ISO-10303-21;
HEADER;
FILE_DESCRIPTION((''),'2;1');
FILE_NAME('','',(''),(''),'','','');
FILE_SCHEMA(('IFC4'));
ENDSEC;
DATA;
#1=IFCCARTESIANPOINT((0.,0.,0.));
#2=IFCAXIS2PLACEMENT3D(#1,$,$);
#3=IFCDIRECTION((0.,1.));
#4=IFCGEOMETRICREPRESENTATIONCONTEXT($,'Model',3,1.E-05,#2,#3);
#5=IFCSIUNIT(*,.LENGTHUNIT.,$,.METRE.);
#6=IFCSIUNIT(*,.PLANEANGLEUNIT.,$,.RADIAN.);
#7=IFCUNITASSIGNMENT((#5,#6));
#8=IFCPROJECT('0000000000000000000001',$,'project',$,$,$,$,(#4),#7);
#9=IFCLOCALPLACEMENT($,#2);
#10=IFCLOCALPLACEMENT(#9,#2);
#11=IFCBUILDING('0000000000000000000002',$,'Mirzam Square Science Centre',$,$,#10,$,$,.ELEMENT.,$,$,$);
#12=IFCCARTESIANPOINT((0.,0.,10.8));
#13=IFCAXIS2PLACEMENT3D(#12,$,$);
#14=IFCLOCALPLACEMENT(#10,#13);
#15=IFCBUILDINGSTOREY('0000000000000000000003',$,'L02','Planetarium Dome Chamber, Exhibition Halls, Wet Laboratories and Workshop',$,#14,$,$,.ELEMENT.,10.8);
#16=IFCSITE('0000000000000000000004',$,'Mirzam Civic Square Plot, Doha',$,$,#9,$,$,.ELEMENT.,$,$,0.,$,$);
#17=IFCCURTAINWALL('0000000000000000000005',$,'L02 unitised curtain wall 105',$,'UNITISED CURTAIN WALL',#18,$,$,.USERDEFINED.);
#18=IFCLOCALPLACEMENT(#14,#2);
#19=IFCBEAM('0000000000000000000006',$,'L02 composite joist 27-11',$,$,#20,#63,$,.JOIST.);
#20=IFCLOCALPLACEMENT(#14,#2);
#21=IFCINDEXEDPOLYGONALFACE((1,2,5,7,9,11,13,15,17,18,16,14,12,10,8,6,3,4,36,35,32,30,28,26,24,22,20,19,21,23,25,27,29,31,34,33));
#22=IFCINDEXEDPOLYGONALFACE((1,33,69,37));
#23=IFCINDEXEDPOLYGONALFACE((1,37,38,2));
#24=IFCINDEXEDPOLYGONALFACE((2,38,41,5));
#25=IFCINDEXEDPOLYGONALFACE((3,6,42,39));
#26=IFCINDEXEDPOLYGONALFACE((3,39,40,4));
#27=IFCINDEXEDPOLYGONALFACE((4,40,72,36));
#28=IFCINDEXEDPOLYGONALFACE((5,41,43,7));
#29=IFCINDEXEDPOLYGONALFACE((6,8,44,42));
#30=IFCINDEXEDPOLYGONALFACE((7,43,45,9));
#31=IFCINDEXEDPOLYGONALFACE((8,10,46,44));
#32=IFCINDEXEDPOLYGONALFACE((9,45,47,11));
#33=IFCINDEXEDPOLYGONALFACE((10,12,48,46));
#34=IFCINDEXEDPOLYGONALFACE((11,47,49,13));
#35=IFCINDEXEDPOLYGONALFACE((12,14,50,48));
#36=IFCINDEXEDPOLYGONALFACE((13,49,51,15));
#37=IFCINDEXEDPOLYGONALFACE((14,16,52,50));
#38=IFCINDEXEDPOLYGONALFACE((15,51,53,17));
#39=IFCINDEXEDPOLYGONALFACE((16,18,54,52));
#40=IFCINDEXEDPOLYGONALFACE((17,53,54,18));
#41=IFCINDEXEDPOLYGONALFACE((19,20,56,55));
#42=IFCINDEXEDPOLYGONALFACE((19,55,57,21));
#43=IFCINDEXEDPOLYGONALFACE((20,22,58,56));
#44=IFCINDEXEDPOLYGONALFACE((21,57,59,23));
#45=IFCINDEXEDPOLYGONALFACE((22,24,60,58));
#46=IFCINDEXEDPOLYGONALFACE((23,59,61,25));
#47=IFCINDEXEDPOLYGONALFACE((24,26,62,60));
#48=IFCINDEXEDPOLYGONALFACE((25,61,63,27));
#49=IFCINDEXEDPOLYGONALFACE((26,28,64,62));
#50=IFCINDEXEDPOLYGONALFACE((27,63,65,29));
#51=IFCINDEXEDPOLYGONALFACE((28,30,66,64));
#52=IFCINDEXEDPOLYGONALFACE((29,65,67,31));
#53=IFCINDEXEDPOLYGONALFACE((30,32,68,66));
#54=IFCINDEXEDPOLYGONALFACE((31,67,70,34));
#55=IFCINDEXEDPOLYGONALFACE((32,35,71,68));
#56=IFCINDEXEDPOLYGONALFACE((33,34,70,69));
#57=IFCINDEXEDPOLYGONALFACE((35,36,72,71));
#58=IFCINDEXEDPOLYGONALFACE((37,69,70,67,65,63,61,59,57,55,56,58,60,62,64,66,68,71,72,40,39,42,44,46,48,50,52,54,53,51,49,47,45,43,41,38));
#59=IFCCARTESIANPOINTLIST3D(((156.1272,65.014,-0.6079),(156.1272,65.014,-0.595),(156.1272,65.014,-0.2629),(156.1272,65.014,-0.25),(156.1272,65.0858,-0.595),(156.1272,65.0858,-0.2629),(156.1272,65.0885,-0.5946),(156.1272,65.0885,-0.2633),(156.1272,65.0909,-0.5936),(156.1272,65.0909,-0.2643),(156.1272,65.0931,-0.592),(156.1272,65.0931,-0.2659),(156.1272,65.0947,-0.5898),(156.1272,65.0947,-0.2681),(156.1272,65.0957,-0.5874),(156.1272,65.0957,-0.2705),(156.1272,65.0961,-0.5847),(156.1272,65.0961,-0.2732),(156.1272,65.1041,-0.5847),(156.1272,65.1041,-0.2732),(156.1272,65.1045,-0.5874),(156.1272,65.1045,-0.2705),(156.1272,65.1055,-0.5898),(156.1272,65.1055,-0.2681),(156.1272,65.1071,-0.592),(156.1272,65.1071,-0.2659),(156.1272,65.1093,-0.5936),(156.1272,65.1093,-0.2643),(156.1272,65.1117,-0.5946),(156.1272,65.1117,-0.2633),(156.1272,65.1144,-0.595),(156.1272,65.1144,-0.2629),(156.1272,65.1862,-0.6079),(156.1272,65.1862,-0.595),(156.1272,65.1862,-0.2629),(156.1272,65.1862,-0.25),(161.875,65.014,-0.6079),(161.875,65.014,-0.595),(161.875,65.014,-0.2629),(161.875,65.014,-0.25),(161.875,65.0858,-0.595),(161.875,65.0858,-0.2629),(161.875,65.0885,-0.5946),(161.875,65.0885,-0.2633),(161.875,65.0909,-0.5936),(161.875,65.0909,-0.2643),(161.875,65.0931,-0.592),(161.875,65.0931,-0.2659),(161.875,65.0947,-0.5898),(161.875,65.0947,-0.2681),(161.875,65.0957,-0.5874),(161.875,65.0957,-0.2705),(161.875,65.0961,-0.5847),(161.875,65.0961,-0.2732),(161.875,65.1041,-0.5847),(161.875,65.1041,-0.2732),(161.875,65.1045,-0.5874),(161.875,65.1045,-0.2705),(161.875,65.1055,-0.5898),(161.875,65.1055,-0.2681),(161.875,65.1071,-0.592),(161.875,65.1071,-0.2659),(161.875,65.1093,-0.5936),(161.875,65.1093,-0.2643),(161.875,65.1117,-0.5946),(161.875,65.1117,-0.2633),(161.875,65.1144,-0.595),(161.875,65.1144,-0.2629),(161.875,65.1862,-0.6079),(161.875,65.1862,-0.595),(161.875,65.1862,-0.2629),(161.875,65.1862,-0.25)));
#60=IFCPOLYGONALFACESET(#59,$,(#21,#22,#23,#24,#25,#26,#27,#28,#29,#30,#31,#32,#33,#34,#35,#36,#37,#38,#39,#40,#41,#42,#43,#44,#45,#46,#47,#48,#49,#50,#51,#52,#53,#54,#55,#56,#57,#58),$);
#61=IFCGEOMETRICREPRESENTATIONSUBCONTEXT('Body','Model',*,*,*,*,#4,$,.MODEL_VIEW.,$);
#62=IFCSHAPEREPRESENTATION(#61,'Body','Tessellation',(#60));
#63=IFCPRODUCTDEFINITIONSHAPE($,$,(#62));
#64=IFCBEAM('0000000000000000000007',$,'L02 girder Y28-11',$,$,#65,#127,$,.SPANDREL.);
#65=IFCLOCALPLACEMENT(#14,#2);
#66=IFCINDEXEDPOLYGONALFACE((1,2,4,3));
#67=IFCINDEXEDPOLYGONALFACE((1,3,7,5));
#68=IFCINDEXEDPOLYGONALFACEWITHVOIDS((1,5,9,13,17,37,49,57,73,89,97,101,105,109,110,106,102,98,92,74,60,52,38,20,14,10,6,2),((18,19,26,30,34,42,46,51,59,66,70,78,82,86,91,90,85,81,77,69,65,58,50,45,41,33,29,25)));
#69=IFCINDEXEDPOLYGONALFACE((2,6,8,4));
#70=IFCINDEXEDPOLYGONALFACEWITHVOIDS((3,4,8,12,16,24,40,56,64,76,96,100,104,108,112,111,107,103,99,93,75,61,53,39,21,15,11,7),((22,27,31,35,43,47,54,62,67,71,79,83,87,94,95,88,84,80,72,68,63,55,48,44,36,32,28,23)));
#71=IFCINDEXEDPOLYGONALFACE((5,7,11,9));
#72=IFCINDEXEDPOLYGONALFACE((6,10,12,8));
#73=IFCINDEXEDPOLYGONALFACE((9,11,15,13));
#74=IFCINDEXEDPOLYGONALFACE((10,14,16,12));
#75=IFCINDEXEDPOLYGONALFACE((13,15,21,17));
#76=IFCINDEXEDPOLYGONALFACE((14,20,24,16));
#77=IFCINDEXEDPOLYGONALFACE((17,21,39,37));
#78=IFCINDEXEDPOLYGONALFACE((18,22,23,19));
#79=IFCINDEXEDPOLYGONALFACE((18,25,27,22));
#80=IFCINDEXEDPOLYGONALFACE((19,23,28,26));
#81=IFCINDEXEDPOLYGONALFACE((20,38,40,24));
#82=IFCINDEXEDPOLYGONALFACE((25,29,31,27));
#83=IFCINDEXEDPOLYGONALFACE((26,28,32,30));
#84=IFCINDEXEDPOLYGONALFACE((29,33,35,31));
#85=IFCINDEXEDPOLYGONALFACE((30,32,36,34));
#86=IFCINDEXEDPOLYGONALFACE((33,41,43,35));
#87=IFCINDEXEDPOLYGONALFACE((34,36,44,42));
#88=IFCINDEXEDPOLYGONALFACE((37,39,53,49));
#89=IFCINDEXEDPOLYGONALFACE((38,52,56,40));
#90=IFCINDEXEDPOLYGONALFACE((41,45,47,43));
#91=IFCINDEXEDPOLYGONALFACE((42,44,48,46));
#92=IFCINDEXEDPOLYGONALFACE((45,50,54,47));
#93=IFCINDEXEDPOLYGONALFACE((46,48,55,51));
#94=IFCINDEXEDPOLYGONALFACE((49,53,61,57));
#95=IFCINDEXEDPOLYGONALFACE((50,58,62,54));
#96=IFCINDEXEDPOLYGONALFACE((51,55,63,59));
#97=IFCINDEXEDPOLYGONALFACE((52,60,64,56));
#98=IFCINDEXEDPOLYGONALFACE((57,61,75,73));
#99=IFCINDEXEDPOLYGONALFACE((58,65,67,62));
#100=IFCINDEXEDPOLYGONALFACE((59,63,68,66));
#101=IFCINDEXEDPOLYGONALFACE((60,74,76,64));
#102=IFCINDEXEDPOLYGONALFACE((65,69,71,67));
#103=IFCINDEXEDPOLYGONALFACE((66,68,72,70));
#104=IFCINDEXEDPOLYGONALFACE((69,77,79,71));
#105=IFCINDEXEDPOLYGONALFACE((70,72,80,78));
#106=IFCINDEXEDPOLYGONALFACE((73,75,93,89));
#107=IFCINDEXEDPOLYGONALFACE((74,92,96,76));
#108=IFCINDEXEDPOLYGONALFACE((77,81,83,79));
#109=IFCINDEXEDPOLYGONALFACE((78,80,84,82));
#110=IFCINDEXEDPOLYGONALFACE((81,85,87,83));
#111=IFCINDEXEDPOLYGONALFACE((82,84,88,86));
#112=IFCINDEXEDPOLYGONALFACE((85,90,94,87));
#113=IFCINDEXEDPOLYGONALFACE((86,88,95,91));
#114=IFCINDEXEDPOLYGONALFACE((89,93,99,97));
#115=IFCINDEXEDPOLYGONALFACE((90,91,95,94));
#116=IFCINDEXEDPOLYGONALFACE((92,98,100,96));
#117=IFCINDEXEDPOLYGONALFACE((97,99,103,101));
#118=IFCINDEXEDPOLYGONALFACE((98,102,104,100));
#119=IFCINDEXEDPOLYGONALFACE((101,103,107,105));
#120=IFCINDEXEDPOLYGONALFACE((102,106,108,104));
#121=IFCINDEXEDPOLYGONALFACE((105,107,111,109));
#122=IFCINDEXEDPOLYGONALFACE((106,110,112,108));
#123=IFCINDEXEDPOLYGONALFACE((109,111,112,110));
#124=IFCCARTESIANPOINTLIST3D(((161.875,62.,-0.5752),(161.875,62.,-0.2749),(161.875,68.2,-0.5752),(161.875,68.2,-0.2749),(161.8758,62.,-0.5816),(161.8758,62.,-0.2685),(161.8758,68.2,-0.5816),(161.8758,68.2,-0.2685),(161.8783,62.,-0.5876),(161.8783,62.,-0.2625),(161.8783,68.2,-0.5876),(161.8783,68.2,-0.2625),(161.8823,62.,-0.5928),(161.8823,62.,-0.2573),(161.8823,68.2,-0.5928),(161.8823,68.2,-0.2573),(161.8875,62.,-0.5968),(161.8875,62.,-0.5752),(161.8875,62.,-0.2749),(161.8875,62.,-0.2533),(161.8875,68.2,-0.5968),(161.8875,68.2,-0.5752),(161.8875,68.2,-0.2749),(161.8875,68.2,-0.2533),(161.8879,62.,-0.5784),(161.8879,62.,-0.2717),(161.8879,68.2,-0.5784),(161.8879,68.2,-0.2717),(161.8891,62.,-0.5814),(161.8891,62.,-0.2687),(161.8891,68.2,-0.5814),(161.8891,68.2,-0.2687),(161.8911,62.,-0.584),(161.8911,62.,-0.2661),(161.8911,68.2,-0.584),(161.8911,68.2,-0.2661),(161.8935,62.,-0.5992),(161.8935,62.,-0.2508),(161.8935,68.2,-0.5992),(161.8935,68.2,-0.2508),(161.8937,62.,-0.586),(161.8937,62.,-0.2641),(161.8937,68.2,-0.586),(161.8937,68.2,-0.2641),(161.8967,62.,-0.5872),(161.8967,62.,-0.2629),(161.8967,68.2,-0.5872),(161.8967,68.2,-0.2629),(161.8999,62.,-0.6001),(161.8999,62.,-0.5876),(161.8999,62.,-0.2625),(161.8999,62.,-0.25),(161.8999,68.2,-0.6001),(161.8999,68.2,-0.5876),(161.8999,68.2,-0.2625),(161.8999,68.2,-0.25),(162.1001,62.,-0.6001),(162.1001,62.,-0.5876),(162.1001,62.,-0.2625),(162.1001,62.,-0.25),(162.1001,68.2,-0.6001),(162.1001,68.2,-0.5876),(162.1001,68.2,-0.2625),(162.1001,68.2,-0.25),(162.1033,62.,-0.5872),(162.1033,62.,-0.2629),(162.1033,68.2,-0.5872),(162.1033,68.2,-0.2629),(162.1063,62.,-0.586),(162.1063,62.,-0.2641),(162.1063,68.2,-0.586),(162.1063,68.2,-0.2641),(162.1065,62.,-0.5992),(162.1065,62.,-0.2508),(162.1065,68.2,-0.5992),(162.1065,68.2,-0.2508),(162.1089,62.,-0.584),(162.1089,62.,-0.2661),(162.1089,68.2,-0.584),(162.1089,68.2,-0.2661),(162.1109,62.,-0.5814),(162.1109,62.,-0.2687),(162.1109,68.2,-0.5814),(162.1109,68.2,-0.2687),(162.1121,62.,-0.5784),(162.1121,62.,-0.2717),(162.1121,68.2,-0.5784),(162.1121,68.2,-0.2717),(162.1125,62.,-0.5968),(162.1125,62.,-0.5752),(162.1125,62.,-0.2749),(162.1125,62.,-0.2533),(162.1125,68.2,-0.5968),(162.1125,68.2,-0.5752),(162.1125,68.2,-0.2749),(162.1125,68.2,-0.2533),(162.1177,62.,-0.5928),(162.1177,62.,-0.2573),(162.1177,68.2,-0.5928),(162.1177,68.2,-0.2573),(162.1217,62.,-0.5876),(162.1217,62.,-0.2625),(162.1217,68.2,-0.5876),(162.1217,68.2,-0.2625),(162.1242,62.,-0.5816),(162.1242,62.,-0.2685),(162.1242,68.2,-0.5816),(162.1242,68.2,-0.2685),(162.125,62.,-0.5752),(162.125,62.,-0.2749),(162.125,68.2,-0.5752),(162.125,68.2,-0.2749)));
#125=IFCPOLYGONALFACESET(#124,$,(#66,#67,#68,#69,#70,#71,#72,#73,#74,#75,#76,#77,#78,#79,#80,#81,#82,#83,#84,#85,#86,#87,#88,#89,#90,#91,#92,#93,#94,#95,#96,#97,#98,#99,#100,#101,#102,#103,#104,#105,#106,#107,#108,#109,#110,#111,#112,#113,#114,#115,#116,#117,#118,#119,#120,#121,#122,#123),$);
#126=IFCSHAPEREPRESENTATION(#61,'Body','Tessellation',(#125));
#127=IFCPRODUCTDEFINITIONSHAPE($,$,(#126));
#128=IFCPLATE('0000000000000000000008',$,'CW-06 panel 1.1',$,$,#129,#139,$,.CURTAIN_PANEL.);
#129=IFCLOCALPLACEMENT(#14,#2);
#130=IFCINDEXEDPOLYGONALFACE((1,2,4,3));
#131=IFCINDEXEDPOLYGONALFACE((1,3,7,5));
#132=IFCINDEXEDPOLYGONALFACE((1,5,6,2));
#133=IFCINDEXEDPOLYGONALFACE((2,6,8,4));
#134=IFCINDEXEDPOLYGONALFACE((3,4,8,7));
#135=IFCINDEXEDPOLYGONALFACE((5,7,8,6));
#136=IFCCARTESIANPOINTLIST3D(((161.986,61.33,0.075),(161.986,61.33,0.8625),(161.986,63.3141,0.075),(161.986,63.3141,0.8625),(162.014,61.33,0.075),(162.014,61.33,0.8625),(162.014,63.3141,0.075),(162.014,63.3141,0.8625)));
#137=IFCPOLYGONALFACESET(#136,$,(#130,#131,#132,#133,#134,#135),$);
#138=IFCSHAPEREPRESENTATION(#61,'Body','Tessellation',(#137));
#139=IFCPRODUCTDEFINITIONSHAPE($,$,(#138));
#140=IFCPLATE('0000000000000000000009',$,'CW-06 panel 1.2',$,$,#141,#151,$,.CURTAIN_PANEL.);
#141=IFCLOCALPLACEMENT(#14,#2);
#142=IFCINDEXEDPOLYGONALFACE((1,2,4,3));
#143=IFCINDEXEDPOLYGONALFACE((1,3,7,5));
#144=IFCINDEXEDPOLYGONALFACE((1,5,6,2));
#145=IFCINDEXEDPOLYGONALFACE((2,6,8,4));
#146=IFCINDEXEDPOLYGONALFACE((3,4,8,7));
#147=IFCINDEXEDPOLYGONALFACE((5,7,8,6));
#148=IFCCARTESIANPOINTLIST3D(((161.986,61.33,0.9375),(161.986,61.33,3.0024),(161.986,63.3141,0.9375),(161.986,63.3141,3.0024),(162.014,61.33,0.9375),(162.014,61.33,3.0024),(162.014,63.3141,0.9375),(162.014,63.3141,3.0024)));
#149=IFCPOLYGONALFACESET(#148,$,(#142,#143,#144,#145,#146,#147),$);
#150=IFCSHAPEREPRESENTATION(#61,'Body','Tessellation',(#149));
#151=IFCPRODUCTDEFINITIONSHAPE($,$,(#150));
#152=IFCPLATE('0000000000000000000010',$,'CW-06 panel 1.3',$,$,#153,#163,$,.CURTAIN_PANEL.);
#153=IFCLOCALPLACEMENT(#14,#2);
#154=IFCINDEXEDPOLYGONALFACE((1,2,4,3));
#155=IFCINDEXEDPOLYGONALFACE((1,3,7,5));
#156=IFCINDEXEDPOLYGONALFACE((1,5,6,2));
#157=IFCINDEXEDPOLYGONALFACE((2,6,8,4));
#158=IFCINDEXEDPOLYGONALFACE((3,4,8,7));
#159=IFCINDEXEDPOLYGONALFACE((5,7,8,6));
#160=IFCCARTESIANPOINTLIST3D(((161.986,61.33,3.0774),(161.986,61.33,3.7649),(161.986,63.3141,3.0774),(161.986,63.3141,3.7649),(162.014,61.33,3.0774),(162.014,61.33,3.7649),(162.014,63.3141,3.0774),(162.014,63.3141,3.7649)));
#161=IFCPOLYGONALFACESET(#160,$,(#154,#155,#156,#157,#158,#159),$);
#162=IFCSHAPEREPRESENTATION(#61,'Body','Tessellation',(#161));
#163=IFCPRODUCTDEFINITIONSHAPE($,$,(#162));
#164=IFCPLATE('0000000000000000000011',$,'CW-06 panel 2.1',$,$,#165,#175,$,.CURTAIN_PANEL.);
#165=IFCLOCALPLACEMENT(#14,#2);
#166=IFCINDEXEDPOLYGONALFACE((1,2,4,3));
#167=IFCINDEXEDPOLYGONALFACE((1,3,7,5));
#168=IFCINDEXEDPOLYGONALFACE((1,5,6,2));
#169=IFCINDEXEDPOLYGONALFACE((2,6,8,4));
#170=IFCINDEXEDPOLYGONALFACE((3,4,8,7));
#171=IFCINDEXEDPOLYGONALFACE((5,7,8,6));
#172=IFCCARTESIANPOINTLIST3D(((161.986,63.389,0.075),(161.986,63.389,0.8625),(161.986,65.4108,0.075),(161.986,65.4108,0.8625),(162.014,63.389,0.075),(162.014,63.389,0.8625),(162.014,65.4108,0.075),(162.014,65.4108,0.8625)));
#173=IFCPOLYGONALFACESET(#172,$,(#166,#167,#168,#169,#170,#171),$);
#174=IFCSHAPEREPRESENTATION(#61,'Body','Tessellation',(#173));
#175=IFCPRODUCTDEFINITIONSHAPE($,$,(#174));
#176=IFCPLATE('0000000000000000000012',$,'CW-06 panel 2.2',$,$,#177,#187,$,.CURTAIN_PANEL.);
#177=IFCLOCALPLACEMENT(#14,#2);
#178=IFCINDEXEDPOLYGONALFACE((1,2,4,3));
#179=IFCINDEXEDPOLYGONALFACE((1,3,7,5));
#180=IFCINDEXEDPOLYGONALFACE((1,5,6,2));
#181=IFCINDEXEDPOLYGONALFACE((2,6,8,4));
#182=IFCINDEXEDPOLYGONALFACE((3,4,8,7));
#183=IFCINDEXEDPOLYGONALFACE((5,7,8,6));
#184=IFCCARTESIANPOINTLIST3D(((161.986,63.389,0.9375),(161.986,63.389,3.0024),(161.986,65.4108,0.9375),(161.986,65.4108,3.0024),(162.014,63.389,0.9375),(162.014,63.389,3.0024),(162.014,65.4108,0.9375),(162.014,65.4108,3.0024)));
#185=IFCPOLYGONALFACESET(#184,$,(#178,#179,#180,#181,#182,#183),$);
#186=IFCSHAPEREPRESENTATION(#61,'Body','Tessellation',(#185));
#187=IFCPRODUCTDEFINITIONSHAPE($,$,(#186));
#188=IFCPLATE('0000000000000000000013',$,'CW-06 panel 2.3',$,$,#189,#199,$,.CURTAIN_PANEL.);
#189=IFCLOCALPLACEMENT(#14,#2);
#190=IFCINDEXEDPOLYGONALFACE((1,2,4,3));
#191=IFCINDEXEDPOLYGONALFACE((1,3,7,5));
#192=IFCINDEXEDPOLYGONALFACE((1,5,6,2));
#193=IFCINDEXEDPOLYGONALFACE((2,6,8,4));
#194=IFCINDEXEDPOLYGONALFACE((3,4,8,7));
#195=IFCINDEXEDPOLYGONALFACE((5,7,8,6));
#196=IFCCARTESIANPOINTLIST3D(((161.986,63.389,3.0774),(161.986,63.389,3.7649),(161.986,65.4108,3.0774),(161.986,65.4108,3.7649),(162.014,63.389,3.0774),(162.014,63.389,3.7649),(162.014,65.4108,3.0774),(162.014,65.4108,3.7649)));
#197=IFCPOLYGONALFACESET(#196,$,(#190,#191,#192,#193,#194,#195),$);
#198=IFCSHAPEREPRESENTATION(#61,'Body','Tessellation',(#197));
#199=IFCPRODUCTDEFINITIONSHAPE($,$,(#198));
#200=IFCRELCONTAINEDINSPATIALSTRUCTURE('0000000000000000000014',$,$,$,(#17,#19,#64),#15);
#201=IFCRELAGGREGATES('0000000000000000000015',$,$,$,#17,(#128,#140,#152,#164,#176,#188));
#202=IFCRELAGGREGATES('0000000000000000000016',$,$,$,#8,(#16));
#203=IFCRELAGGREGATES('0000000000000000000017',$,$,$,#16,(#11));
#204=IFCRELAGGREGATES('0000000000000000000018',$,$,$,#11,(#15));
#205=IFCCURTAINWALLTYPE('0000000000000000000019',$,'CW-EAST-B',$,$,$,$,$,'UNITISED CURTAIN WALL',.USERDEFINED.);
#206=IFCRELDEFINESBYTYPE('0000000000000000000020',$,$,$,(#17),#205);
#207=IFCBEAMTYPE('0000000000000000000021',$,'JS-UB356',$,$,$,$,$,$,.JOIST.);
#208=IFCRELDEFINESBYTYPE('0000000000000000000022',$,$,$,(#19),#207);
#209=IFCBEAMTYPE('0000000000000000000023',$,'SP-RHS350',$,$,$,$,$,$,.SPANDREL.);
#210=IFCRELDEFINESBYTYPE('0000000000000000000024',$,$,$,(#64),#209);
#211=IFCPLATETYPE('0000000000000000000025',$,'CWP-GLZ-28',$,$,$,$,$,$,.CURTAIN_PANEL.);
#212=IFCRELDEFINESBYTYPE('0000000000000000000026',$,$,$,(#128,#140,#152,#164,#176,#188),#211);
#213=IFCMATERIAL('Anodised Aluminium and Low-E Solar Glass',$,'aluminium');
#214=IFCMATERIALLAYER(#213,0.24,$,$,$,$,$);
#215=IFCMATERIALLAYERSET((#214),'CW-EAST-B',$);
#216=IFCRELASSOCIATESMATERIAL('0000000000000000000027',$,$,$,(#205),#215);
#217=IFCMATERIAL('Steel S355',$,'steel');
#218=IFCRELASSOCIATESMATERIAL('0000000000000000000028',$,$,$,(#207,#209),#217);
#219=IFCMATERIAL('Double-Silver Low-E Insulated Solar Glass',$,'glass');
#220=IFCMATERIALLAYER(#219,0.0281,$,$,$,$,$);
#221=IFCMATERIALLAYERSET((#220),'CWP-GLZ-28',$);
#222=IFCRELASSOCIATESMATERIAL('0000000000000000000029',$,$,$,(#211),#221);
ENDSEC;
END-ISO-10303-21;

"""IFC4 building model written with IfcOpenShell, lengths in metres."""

from ifc_helpers import new_model, si_unit, direction, frame, origin, origin_2d, place, context, subcontext, project, spatial, rectangle, hollow_rectangle, i_section, extrude, material, layer, layer_set, material_profile, profile_set, type_object, element, aggregate, save


model = new_model("IFC4")

# Units and contexts
model_context = context("Model", 3, precision=1e-05, world=origin(), true_north=direction((0.0, 1.0)))
body_context = subcontext(model_context, "Body", "Model", "MODEL_VIEW")
ifc_project = project(units=[si_unit("LENGTHUNIT", "METRE"), si_unit("PLANEANGLEUNIT", "RADIAN")], contexts=[model_context])

# Site, building, storey
site_placement = place(None, origin())
site = spatial("IfcSite", under=ifc_project, at=site_placement, Name="Mirzam Civic Square Plot, Doha", CompositionType="ELEMENT", RefElevation=0.0)
building_placement = place(site_placement, origin())
building = spatial("IfcBuilding", under=site, at=building_placement, Name="Mirzam Square Science Centre", CompositionType="ELEMENT")
storey_placement = place(building_placement, frame((0.0, 0.0, 10.8)))
storey = spatial("IfcBuildingStorey", under=building, at=storey_placement, Name="L02", Description="Planetarium Dome Chamber, Exhibition Halls, Wet Laboratories and Workshop", CompositionType="ELEMENT", Elevation=10.8)

# Shared definitions
ifc_material_1 = material(Name="Steel S355", Category="steel")

# Curtain wall
ifc_material_2 = material(Name="Anodised Aluminium and Low-E Solar Glass", Category="aluminium")
ifc_layer_1 = layer(ifc_material_2, 0.24)
ifc_layer_set_1 = layer_set([ifc_layer_1], Name="CW-EAST-B")
curtain_wall_type = type_object("IfcCurtainWallType", Name="CW-EAST-B", ElementType="UNITISED CURTAIN WALL", PredefinedType="USERDEFINED", material=ifc_layer_set_1)
curtain_wall_placement = place(storey_placement, origin())
curtain_wall = element("IfcCurtainWall", 1, at=curtain_wall_placement, inside=storey, type_object=curtain_wall_type, Name="L02 unitised curtain wall 105", ObjectType="UNITISED CURTAIN WALL", PredefinedType="USERDEFINED")

# Beams
ifc_material_profile_1 = material_profile(ifc_material_1, i_section(OverallWidth=0.1721, OverallDepth=0.3579, WebThickness=0.0081, FlangeThickness=0.0129, FilletRadius=0.0103, at=origin_2d()), Name="356x171x57UB")
ifc_profile_set_1 = profile_set([ifc_material_profile_1], Name="Steel S355")
beam_type_1 = type_object("IfcBeamType", Name="JS-UB356", PredefinedType="JOIST", material=ifc_profile_set_1)
beam_1_placement = place(storey_placement, frame((156.1272, 65.1001, -0.429), z_axis=(1.0, 0.0, 0.0), x_axis=(0.0, 1.0, 0.0)))
element("IfcBeam", 2, at=beam_1_placement, inside=storey, type_object=beam_type_1, Name="L02 composite joist 27-11", PredefinedType="JOIST", context=body_context, shape_type="SweptSolid", body=[
    extrude(i_section(OverallWidth=0.1721, OverallDepth=0.3579, WebThickness=0.0081, FlangeThickness=0.0129, FilletRadius=0.0103, at=origin_2d()), origin(), (0.0, 0.0, 1.0), 5.7478),
])
ifc_material_profile_2 = material_profile(ifc_material_1, hollow_rectangle(XDim=0.25, YDim=0.3501, WallThickness=0.0125, InnerFilletRadius=0.0125, OuterFilletRadius=0.0249, at=origin_2d()), Name="350x250x12.5RHS")
ifc_profile_set_2 = profile_set([ifc_material_profile_2], Name="Steel S355")
beam_type_2 = type_object("IfcBeamType", Name="SP-RHS350", PredefinedType="SPANDREL", material=ifc_profile_set_2)
beam_2_placement = place(storey_placement, frame((162.0, 62.0, -0.425), z_axis=(0.0, 1.0, 0.0), x_axis=(-1.0, 0.0, 0.0)))
element("IfcBeam", 3, at=beam_2_placement, inside=storey, type_object=beam_type_2, Name="L02 girder Y28-11", PredefinedType="SPANDREL", context=body_context, shape_type="SweptSolid", body=[
    extrude(hollow_rectangle(XDim=0.25, YDim=0.3501, WallThickness=0.0125, InnerFilletRadius=0.0125, OuterFilletRadius=0.0249, at=origin_2d()), origin(), (0.0, 0.0, 1.0), 6.2),
])

# Plates
ifc_material_3 = material(Name="Double-Silver Low-E Insulated Solar Glass", Category="glass")
ifc_layer_2 = layer(ifc_material_3, 0.0281)
ifc_layer_set_2 = layer_set([ifc_layer_2], Name="CWP-GLZ-28")
plate_type = type_object("IfcPlateType", Name="CWP-GLZ-28", PredefinedType="CURTAIN_PANEL", material=ifc_layer_set_2)
plate_1_placement = place(storey_placement, frame((162.0, 62.322, 0.075), z_axis=(0.0, 0.0, 1.0), x_axis=(0.0, 1.0, 0.0)))
plate_1 = element("IfcPlate", 4, at=plate_1_placement, type_object=plate_type, Name="CW-06 panel 1.1", PredefinedType="CURTAIN_PANEL", context=body_context, shape_type="SweptSolid", body=[
    extrude(rectangle(XDim=1.9841, YDim=0.0281, at=origin_2d()), origin(), (0.0, 0.0, 1.0), 0.7876),
])
plate_2_placement = place(storey_placement, frame((162.0, 62.322, 0.9375), z_axis=(0.0, 0.0, 1.0), x_axis=(0.0, 1.0, 0.0)))
plate_2 = element("IfcPlate", 5, at=plate_2_placement, type_object=plate_type, Name="CW-06 panel 1.2", PredefinedType="CURTAIN_PANEL", context=body_context, shape_type="SweptSolid", body=[
    extrude(rectangle(XDim=1.9841, YDim=0.0281, at=origin_2d()), origin(), (0.0, 0.0, 1.0), 2.0649),
])
plate_3_placement = place(storey_placement, frame((162.0, 62.322, 3.0774), z_axis=(0.0, 0.0, 1.0), x_axis=(0.0, 1.0, 0.0)))
plate_3 = element("IfcPlate", 6, at=plate_3_placement, type_object=plate_type, Name="CW-06 panel 1.3", PredefinedType="CURTAIN_PANEL", context=body_context, shape_type="SweptSolid", body=[
    extrude(rectangle(XDim=1.9841, YDim=0.0281, at=origin_2d()), origin(), (0.0, 0.0, 1.0), 0.6875),
])
plate_4_placement = place(storey_placement, frame((162.0, 64.3999, 0.075), z_axis=(0.0, 0.0, 1.0), x_axis=(0.0, 1.0, 0.0)))
plate_4 = element("IfcPlate", 7, at=plate_4_placement, type_object=plate_type, Name="CW-06 panel 2.1", PredefinedType="CURTAIN_PANEL", context=body_context, shape_type="SweptSolid", body=[
    extrude(rectangle(XDim=2.0217, YDim=0.0281, at=origin_2d()), origin(), (0.0, 0.0, 1.0), 0.7876),
])
plate_5_placement = place(storey_placement, frame((162.0, 64.3999, 0.9375), z_axis=(0.0, 0.0, 1.0), x_axis=(0.0, 1.0, 0.0)))
plate_5 = element("IfcPlate", 8, at=plate_5_placement, type_object=plate_type, Name="CW-06 panel 2.2", PredefinedType="CURTAIN_PANEL", context=body_context, shape_type="SweptSolid", body=[
    extrude(rectangle(XDim=2.0217, YDim=0.0281, at=origin_2d()), origin(), (0.0, 0.0, 1.0), 2.0649),
])
plate_6_placement = place(storey_placement, frame((162.0, 64.3999, 3.0774), z_axis=(0.0, 0.0, 1.0), x_axis=(0.0, 1.0, 0.0)))
plate_6 = element("IfcPlate", 9, at=plate_6_placement, type_object=plate_type, Name="CW-06 panel 2.3", PredefinedType="CURTAIN_PANEL", context=body_context, shape_type="SweptSolid", body=[
    extrude(rectangle(XDim=2.0217, YDim=0.0281, at=origin_2d()), origin(), (0.0, 0.0, 1.0), 0.6875),
])
aggregate(curtain_wall, [plate_1, plate_2, plate_3, plate_4, plate_5, plate_6])

save(model, "model.ifc")
